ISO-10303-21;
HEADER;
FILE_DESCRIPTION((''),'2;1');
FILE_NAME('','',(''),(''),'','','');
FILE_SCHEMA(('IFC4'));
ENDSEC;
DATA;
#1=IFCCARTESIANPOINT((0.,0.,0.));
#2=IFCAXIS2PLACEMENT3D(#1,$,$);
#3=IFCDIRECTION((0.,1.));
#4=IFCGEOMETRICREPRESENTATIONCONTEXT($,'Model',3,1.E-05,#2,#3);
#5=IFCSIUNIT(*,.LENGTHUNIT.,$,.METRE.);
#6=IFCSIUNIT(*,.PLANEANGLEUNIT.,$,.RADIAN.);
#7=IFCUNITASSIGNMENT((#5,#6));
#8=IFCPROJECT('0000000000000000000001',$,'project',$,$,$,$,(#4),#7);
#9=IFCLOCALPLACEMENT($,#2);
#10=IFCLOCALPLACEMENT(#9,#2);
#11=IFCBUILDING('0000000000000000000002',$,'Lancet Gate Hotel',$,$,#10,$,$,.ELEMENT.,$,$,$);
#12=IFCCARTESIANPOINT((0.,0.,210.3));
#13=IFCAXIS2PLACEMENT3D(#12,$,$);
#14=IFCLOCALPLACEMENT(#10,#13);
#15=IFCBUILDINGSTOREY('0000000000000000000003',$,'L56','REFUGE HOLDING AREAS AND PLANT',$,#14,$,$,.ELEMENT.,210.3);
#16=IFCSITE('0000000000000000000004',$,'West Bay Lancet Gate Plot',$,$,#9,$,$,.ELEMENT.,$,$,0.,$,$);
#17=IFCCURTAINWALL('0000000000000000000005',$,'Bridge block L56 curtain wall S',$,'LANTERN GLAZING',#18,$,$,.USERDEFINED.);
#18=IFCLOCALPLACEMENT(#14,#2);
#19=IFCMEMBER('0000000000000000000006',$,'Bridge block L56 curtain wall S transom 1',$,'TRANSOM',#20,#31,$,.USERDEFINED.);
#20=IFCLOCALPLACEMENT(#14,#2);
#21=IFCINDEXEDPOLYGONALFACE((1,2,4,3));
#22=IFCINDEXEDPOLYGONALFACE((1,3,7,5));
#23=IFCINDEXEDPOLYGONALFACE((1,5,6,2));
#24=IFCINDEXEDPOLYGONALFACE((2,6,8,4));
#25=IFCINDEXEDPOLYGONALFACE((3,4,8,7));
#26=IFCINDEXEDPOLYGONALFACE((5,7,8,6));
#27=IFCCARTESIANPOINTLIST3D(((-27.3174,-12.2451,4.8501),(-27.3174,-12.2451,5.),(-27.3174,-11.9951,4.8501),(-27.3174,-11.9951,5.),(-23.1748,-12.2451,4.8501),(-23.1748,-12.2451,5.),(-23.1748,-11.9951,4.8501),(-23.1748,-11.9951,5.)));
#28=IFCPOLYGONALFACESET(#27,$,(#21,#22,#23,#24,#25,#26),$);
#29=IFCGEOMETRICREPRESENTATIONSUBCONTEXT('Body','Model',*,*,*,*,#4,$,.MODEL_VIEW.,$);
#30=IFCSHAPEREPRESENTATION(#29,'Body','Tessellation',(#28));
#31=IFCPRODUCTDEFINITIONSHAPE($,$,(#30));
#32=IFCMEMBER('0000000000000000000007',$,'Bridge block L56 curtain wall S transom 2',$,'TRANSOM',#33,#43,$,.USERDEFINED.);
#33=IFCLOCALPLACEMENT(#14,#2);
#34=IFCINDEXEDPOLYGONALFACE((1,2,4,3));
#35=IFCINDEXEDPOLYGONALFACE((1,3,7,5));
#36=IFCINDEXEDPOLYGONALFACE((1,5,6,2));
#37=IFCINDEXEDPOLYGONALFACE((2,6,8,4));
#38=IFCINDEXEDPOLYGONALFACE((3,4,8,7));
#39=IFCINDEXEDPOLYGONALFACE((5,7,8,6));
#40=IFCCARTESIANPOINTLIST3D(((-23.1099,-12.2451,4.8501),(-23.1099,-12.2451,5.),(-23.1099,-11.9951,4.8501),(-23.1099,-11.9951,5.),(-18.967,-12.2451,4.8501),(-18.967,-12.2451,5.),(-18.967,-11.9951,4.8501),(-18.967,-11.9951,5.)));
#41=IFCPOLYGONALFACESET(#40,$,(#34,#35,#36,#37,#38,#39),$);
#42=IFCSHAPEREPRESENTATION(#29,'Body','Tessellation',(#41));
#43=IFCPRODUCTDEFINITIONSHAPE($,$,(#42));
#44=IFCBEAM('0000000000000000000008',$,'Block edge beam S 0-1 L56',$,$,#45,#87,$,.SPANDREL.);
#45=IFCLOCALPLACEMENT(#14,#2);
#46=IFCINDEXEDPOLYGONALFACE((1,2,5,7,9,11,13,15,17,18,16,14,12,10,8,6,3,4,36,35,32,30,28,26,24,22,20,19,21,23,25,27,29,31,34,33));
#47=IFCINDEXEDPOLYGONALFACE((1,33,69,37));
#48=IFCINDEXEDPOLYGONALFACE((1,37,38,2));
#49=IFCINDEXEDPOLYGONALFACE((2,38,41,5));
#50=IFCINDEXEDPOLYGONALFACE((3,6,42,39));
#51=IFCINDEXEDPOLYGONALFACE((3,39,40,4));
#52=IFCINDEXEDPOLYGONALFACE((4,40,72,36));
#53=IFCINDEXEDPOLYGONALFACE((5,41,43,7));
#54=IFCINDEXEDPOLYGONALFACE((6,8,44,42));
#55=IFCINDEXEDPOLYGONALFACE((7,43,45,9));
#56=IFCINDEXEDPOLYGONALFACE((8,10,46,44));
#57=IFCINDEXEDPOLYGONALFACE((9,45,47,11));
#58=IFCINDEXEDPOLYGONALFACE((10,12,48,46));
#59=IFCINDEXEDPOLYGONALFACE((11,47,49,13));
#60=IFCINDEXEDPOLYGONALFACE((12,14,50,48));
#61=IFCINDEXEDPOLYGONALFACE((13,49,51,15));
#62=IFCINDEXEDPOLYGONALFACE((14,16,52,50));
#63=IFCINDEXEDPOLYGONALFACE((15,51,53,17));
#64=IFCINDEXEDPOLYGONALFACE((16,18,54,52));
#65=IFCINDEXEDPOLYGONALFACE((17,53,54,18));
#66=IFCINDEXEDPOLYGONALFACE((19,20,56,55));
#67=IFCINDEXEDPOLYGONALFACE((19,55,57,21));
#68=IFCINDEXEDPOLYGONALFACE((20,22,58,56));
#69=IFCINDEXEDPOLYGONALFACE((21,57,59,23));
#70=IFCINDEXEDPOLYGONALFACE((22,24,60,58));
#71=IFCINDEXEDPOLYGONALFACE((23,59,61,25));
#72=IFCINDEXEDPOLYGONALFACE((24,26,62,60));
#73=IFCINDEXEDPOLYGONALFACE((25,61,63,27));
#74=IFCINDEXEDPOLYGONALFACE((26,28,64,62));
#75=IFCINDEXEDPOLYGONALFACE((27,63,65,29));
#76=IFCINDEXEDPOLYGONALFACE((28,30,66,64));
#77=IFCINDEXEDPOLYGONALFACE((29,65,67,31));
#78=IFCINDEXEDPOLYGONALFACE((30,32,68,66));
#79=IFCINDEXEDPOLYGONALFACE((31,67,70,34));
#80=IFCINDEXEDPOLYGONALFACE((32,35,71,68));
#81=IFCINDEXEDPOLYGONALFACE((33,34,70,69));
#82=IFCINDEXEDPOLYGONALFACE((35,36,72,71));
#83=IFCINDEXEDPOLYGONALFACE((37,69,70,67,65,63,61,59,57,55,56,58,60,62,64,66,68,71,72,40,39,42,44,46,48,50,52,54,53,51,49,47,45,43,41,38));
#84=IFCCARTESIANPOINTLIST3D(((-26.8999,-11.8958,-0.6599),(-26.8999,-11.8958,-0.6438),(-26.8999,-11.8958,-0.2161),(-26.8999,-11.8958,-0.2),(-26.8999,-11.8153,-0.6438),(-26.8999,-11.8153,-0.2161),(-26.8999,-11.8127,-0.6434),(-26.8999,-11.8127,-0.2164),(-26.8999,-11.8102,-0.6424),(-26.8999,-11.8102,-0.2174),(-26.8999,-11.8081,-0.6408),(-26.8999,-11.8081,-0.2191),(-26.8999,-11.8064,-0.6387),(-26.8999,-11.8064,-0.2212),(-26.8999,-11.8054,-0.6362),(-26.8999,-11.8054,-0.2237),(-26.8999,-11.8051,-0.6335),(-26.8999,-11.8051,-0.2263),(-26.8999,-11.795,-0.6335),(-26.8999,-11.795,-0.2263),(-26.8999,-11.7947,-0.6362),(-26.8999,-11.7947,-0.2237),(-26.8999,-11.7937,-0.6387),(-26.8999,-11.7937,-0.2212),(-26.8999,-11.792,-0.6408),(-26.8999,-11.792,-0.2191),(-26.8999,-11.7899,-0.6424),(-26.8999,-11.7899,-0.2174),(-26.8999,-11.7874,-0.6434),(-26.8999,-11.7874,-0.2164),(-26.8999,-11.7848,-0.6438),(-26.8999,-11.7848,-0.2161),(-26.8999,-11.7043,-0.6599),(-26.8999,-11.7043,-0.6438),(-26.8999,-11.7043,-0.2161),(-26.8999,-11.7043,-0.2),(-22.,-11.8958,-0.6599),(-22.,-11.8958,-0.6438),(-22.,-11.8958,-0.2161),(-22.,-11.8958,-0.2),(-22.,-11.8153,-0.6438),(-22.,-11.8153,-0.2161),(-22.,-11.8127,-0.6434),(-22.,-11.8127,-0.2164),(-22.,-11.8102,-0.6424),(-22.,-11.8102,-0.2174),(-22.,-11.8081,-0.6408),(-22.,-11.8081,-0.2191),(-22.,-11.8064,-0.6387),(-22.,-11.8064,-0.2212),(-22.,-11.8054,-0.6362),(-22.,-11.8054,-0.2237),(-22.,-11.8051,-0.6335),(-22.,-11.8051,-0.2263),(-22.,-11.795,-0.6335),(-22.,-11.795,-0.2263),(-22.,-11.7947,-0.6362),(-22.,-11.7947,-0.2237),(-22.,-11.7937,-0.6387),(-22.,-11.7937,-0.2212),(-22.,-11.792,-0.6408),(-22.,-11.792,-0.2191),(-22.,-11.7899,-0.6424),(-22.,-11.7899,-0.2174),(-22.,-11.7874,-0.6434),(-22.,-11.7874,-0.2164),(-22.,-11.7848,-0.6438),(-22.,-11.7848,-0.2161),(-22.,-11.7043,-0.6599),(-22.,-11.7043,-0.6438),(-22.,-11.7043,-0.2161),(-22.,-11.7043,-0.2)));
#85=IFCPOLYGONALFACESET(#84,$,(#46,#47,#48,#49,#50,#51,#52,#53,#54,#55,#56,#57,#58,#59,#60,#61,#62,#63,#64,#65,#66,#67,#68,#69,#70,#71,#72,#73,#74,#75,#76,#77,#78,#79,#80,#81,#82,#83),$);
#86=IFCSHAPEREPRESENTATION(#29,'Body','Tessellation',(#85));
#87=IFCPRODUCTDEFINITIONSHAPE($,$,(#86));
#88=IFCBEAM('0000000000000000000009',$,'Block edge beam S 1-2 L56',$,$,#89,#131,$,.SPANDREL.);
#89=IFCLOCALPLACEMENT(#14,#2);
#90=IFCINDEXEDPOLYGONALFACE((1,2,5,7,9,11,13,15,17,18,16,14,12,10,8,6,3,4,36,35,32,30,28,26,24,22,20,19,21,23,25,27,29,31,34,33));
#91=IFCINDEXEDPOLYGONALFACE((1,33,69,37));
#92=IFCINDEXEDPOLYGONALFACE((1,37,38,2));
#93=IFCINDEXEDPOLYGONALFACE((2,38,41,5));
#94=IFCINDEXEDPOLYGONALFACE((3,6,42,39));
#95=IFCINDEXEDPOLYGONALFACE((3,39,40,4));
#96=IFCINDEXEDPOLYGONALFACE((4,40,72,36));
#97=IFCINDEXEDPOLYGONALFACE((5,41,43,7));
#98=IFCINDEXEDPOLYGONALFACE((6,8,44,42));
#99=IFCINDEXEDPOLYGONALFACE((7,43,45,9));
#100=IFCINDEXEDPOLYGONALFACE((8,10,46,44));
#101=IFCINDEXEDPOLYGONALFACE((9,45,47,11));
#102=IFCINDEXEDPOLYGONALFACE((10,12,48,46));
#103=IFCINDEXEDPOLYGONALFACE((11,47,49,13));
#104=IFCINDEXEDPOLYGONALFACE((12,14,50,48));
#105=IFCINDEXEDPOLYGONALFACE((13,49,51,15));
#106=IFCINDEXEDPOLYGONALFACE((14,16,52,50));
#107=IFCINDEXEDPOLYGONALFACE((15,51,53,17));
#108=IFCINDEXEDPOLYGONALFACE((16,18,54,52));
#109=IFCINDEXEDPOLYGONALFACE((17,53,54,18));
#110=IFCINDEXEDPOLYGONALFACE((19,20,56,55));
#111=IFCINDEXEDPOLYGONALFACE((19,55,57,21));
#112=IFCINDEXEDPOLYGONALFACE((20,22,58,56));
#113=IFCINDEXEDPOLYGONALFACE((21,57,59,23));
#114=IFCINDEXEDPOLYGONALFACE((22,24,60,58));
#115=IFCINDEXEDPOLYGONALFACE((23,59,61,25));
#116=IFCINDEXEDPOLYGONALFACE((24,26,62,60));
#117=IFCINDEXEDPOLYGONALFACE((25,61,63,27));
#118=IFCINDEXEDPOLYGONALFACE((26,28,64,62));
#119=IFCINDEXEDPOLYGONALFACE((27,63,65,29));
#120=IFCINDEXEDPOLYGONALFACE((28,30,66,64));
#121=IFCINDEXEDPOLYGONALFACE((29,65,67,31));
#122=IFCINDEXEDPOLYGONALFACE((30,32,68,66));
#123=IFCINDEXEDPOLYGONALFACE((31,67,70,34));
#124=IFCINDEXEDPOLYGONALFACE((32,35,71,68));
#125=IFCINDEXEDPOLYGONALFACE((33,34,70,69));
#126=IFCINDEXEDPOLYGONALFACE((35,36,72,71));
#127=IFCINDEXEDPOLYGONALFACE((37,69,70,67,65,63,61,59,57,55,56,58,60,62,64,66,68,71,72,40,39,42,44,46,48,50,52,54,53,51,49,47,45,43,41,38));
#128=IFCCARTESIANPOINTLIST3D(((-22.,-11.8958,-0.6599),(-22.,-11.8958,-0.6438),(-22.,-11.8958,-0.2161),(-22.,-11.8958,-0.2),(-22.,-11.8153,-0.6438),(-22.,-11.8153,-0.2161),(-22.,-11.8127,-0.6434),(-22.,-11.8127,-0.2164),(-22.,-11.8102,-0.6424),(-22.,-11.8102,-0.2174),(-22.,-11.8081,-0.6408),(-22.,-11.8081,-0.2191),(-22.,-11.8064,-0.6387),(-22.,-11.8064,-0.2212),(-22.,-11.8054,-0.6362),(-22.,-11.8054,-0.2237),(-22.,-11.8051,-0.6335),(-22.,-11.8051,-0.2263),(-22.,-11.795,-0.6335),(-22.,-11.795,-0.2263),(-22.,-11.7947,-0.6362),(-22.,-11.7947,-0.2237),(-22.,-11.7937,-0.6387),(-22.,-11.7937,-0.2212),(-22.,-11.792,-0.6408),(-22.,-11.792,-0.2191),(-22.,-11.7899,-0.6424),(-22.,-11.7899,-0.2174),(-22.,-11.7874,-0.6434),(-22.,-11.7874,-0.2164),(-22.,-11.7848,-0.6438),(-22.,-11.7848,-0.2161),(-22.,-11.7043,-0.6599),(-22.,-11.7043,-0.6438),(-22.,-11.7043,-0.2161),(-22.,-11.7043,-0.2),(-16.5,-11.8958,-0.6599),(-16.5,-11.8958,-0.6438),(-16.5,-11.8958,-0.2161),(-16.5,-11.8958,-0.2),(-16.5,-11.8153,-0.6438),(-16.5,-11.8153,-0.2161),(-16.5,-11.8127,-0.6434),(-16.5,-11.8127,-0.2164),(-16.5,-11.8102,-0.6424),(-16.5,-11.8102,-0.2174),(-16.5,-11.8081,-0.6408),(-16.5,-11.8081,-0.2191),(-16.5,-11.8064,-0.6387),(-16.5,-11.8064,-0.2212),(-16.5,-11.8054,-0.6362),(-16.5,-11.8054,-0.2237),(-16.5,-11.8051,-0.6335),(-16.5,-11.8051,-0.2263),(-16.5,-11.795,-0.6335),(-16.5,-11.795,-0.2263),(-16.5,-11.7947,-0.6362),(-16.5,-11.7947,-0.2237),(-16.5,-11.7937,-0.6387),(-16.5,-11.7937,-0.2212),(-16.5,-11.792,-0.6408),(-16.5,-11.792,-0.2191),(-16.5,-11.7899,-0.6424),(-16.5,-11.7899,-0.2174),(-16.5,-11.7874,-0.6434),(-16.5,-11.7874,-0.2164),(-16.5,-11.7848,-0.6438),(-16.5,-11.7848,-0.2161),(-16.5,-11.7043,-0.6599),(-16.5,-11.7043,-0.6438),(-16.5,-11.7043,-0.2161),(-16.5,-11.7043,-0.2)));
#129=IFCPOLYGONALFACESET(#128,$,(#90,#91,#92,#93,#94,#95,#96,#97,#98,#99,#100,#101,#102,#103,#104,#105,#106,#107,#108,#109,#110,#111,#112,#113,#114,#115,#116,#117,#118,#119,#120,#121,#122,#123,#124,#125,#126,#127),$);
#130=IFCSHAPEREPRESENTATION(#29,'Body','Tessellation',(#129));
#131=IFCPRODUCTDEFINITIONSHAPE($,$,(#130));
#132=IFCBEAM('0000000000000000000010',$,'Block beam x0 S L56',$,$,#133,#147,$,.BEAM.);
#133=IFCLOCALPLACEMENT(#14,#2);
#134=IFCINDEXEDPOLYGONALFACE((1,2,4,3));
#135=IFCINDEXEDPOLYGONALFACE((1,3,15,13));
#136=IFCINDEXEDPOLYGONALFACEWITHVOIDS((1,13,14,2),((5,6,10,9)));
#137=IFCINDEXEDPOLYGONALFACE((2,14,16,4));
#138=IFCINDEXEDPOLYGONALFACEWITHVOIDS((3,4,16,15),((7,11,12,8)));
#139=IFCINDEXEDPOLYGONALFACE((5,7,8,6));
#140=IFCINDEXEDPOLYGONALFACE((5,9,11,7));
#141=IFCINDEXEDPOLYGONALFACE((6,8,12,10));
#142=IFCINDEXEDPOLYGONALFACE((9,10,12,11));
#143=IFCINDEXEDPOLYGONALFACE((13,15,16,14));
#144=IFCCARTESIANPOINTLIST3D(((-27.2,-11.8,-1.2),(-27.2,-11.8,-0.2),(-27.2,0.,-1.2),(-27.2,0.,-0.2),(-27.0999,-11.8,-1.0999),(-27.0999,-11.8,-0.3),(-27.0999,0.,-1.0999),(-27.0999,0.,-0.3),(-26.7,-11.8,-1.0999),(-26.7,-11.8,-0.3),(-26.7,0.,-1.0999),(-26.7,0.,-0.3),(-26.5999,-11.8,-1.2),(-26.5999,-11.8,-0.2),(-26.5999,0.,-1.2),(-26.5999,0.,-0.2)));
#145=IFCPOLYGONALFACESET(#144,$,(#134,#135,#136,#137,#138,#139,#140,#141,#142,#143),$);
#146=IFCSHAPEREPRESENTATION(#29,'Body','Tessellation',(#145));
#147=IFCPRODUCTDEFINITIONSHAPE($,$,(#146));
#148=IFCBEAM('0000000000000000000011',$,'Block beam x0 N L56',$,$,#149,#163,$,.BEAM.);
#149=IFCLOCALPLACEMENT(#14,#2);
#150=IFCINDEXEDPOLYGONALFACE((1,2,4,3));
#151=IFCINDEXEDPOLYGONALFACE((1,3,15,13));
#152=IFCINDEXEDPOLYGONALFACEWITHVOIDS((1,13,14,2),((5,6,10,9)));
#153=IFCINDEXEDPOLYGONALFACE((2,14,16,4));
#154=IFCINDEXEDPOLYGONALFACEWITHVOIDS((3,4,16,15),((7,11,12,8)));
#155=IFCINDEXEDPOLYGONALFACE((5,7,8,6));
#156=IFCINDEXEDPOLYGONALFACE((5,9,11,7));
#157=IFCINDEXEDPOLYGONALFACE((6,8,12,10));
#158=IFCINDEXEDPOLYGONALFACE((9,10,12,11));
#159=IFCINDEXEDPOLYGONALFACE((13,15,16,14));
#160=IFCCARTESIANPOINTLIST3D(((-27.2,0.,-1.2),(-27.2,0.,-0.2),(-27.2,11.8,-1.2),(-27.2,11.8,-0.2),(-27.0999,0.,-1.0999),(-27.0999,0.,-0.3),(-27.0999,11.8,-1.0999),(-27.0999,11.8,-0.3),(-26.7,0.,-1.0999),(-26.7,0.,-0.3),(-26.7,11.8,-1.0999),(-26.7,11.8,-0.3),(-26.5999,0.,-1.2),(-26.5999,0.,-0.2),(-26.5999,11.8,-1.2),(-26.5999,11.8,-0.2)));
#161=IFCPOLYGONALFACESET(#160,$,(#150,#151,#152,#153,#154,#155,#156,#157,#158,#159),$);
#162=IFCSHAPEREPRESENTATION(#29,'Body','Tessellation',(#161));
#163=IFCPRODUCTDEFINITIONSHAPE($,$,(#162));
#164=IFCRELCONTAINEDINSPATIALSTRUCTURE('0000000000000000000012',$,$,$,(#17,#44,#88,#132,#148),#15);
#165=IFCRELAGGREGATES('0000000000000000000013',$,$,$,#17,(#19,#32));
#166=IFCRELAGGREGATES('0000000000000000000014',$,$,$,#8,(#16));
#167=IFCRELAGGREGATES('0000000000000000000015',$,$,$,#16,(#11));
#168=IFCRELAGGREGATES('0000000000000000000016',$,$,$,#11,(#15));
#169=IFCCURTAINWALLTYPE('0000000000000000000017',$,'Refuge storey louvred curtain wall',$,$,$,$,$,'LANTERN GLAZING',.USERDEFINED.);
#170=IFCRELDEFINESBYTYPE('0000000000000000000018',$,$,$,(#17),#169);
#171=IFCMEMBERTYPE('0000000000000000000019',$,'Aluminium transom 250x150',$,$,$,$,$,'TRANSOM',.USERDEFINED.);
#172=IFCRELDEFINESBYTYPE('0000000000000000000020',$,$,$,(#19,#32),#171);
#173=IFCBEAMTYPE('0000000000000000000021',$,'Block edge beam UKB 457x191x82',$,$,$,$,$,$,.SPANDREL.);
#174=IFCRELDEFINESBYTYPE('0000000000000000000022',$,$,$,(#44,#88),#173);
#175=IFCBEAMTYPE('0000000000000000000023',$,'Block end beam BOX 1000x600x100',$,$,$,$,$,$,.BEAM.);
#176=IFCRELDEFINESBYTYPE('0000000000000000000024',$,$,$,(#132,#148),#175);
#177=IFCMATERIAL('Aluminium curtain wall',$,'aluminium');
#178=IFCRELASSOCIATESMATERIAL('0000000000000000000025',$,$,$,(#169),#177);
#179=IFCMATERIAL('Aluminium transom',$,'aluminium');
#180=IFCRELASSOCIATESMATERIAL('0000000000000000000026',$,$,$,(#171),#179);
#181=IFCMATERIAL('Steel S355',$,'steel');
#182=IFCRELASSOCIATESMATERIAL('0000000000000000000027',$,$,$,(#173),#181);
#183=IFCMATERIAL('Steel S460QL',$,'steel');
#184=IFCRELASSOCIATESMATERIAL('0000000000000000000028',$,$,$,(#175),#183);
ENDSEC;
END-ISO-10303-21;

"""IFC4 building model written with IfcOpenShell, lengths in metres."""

from ifc_helpers import new_model, si_unit, direction, frame, origin, origin_2d, place, context, subcontext, project, spatial, rectangle, hollow_rectangle, i_section, extrude, material, material_profile, profile_set, type_object, element, aggregate, save


model = new_model("IFC4")

# Units and contexts
model_context = context("Model", 3, precision=1e-05, world=origin(), true_north=direction((0.0, 1.0)))
body_context = subcontext(model_context, "Body", "Model", "MODEL_VIEW")
ifc_project = project(units=[si_unit("LENGTHUNIT", "METRE"), si_unit("PLANEANGLEUNIT", "RADIAN")], contexts=[model_context])

# Site, building, storey
site_placement = place(None, origin())
site = spatial("IfcSite", under=ifc_project, at=site_placement, Name="West Bay Lancet Gate Plot", CompositionType="ELEMENT", RefElevation=0.0)
building_placement = place(site_placement, origin())
building = spatial("IfcBuilding", under=site, at=building_placement, Name="Lancet Gate Hotel", CompositionType="ELEMENT")
storey_placement = place(building_placement, frame((0.0, 0.0, 210.3)))
storey = spatial("IfcBuildingStorey", under=building, at=storey_placement, Name="L56", Description="REFUGE HOLDING AREAS AND PLANT", CompositionType="ELEMENT", Elevation=210.3)

# Curtain wall
ifc_material_1 = material(Name="Aluminium curtain wall", Category="aluminium")
curtain_wall_type = type_object("IfcCurtainWallType", Name="Refuge storey louvred curtain wall", ElementType="LANTERN GLAZING", PredefinedType="USERDEFINED", material=ifc_material_1)
curtain_wall_1_placement = place(storey_placement, origin())
curtain_wall_1 = element("IfcCurtainWall", 1, at=curtain_wall_1_placement, inside=storey, type_object=curtain_wall_type, Name="Bridge block L56 curtain wall S", ObjectType="LANTERN GLAZING", PredefinedType="USERDEFINED")

# Members
ifc_material_2 = material(Name="Aluminium transom", Category="aluminium")
ifc_material_profile_1 = material_profile(ifc_material_2, rectangle(XDim=0.25, YDim=0.1499, at=origin_2d()), Name="TRANSOM 250x150")
ifc_profile_set_1 = profile_set([ifc_material_profile_1], Name="Aluminium transom")
member_type_1 = type_object("IfcMemberType", Name="Aluminium transom 250x150", ElementType="TRANSOM", PredefinedType="USERDEFINED", material=ifc_profile_set_1)
member_1_placement = place(storey_placement, frame((-27.3174, -12.1201, 4.925), z_axis=(1.0, 0.0, 0.0), x_axis=(0.0, 1.0, 0.0)))
member_1 = element("IfcMember", 2, at=member_1_placement, type_object=member_type_1, Name="Bridge block L56 curtain wall S transom 1", ObjectType="TRANSOM", PredefinedType="USERDEFINED", context=body_context, shape_type="SweptSolid", body=[
    extrude(rectangle(XDim=0.25, YDim=0.1499, at=origin_2d()), origin(), (0.0, 0.0, 1.0), 4.1426),
])
member_2_placement = place(storey_placement, frame((-23.1099, -12.1201, 4.925), z_axis=(1.0, 0.0, 0.0), x_axis=(0.0, 1.0, 0.0)))
member_2 = element("IfcMember", 3, at=member_2_placement, type_object=member_type_1, Name="Bridge block L56 curtain wall S transom 2", ObjectType="TRANSOM", PredefinedType="USERDEFINED", context=body_context, shape_type="SweptSolid", body=[
    extrude(rectangle(XDim=0.25, YDim=0.1499, at=origin_2d()), origin(), (0.0, 0.0, 1.0), 4.1428),
])

# Beams
ifc_material_3 = material(Name="Steel S355", Category="steel")
ifc_material_profile_2 = material_profile(ifc_material_3, i_section(OverallWidth=0.1914, OverallDepth=0.46, WebThickness=0.01, FlangeThickness=0.0161, FilletRadius=0.0103, at=origin_2d()), Name="UKB 457x191x82")
ifc_profile_set_2 = profile_set([ifc_material_profile_2], Name="Steel S355")
beam_type_1 = type_object("IfcBeamType", Name="Block edge beam UKB 457x191x82", PredefinedType="SPANDREL", material=ifc_profile_set_2)
beam_1_placement = place(storey_placement, frame((-26.8999, -11.8, -0.4299), z_axis=(1.0, 0.0, 0.0), x_axis=(0.0, 1.0, 0.0)))
element("IfcBeam", 4, at=beam_1_placement, inside=storey, type_object=beam_type_1, Name="Block edge beam S 0-1 L56", PredefinedType="SPANDREL", context=body_context, shape_type="SweptSolid", body=[
    extrude(i_section(OverallWidth=0.1914, OverallDepth=0.46, WebThickness=0.01, FlangeThickness=0.0161, FilletRadius=0.0103, at=origin_2d()), origin(), (0.0, 0.0, 1.0), 4.8999),
])
beam_2_placement = place(storey_placement, frame((-22.0, -11.8, -0.4299), z_axis=(1.0, 0.0, 0.0), x_axis=(0.0, 1.0, 0.0)))
element("IfcBeam", 5, at=beam_2_placement, inside=storey, type_object=beam_type_1, Name="Block edge beam S 1-2 L56", PredefinedType="SPANDREL", context=body_context, shape_type="SweptSolid", body=[
    extrude(i_section(OverallWidth=0.1914, OverallDepth=0.46, WebThickness=0.01, FlangeThickness=0.0161, FilletRadius=0.0103, at=origin_2d()), origin(), (0.0, 0.0, 1.0), 5.5),
])
ifc_material_4 = material(Name="Steel S460QL", Category="steel")
ifc_material_profile_3 = material_profile(ifc_material_4, hollow_rectangle(XDim=0.6001, YDim=1.0, WallThickness=0.1001, at=origin_2d()), Name="BOX 1000x600x100")
ifc_profile_set_3 = profile_set([ifc_material_profile_3], Name="Steel S460QL")
beam_type_2 = type_object("IfcBeamType", Name="Block end beam BOX 1000x600x100", PredefinedType="BEAM", material=ifc_profile_set_3)
for number, where, z_axis, x_axis, name in (
    (6, (-26.8999, -11.8, -0.7), (0.0, 1.0, 0.0), (-1.0, 0.0, 0.0), "Block beam x0 S L56"),
    (7, (-26.8999, 0.0, -0.7), (0.0, 1.0, 0.0), (-1.0, 0.0, 0.0), "Block beam x0 N L56"),
):
    element("IfcBeam", number, at=place(storey_placement, frame(where, z_axis=z_axis, x_axis=x_axis)), inside=storey, type_object=beam_type_2, Name=name, PredefinedType="BEAM", context=body_context, shape_type="SweptSolid", body=[
        extrude(hollow_rectangle(XDim=0.6001, YDim=1.0, WallThickness=0.1001, at=origin_2d()), origin(), (0.0, 0.0, 1.0), 11.8),
    ])

aggregate(curtain_wall_1, [member_1, member_2])

save(model, "model.ifc")
